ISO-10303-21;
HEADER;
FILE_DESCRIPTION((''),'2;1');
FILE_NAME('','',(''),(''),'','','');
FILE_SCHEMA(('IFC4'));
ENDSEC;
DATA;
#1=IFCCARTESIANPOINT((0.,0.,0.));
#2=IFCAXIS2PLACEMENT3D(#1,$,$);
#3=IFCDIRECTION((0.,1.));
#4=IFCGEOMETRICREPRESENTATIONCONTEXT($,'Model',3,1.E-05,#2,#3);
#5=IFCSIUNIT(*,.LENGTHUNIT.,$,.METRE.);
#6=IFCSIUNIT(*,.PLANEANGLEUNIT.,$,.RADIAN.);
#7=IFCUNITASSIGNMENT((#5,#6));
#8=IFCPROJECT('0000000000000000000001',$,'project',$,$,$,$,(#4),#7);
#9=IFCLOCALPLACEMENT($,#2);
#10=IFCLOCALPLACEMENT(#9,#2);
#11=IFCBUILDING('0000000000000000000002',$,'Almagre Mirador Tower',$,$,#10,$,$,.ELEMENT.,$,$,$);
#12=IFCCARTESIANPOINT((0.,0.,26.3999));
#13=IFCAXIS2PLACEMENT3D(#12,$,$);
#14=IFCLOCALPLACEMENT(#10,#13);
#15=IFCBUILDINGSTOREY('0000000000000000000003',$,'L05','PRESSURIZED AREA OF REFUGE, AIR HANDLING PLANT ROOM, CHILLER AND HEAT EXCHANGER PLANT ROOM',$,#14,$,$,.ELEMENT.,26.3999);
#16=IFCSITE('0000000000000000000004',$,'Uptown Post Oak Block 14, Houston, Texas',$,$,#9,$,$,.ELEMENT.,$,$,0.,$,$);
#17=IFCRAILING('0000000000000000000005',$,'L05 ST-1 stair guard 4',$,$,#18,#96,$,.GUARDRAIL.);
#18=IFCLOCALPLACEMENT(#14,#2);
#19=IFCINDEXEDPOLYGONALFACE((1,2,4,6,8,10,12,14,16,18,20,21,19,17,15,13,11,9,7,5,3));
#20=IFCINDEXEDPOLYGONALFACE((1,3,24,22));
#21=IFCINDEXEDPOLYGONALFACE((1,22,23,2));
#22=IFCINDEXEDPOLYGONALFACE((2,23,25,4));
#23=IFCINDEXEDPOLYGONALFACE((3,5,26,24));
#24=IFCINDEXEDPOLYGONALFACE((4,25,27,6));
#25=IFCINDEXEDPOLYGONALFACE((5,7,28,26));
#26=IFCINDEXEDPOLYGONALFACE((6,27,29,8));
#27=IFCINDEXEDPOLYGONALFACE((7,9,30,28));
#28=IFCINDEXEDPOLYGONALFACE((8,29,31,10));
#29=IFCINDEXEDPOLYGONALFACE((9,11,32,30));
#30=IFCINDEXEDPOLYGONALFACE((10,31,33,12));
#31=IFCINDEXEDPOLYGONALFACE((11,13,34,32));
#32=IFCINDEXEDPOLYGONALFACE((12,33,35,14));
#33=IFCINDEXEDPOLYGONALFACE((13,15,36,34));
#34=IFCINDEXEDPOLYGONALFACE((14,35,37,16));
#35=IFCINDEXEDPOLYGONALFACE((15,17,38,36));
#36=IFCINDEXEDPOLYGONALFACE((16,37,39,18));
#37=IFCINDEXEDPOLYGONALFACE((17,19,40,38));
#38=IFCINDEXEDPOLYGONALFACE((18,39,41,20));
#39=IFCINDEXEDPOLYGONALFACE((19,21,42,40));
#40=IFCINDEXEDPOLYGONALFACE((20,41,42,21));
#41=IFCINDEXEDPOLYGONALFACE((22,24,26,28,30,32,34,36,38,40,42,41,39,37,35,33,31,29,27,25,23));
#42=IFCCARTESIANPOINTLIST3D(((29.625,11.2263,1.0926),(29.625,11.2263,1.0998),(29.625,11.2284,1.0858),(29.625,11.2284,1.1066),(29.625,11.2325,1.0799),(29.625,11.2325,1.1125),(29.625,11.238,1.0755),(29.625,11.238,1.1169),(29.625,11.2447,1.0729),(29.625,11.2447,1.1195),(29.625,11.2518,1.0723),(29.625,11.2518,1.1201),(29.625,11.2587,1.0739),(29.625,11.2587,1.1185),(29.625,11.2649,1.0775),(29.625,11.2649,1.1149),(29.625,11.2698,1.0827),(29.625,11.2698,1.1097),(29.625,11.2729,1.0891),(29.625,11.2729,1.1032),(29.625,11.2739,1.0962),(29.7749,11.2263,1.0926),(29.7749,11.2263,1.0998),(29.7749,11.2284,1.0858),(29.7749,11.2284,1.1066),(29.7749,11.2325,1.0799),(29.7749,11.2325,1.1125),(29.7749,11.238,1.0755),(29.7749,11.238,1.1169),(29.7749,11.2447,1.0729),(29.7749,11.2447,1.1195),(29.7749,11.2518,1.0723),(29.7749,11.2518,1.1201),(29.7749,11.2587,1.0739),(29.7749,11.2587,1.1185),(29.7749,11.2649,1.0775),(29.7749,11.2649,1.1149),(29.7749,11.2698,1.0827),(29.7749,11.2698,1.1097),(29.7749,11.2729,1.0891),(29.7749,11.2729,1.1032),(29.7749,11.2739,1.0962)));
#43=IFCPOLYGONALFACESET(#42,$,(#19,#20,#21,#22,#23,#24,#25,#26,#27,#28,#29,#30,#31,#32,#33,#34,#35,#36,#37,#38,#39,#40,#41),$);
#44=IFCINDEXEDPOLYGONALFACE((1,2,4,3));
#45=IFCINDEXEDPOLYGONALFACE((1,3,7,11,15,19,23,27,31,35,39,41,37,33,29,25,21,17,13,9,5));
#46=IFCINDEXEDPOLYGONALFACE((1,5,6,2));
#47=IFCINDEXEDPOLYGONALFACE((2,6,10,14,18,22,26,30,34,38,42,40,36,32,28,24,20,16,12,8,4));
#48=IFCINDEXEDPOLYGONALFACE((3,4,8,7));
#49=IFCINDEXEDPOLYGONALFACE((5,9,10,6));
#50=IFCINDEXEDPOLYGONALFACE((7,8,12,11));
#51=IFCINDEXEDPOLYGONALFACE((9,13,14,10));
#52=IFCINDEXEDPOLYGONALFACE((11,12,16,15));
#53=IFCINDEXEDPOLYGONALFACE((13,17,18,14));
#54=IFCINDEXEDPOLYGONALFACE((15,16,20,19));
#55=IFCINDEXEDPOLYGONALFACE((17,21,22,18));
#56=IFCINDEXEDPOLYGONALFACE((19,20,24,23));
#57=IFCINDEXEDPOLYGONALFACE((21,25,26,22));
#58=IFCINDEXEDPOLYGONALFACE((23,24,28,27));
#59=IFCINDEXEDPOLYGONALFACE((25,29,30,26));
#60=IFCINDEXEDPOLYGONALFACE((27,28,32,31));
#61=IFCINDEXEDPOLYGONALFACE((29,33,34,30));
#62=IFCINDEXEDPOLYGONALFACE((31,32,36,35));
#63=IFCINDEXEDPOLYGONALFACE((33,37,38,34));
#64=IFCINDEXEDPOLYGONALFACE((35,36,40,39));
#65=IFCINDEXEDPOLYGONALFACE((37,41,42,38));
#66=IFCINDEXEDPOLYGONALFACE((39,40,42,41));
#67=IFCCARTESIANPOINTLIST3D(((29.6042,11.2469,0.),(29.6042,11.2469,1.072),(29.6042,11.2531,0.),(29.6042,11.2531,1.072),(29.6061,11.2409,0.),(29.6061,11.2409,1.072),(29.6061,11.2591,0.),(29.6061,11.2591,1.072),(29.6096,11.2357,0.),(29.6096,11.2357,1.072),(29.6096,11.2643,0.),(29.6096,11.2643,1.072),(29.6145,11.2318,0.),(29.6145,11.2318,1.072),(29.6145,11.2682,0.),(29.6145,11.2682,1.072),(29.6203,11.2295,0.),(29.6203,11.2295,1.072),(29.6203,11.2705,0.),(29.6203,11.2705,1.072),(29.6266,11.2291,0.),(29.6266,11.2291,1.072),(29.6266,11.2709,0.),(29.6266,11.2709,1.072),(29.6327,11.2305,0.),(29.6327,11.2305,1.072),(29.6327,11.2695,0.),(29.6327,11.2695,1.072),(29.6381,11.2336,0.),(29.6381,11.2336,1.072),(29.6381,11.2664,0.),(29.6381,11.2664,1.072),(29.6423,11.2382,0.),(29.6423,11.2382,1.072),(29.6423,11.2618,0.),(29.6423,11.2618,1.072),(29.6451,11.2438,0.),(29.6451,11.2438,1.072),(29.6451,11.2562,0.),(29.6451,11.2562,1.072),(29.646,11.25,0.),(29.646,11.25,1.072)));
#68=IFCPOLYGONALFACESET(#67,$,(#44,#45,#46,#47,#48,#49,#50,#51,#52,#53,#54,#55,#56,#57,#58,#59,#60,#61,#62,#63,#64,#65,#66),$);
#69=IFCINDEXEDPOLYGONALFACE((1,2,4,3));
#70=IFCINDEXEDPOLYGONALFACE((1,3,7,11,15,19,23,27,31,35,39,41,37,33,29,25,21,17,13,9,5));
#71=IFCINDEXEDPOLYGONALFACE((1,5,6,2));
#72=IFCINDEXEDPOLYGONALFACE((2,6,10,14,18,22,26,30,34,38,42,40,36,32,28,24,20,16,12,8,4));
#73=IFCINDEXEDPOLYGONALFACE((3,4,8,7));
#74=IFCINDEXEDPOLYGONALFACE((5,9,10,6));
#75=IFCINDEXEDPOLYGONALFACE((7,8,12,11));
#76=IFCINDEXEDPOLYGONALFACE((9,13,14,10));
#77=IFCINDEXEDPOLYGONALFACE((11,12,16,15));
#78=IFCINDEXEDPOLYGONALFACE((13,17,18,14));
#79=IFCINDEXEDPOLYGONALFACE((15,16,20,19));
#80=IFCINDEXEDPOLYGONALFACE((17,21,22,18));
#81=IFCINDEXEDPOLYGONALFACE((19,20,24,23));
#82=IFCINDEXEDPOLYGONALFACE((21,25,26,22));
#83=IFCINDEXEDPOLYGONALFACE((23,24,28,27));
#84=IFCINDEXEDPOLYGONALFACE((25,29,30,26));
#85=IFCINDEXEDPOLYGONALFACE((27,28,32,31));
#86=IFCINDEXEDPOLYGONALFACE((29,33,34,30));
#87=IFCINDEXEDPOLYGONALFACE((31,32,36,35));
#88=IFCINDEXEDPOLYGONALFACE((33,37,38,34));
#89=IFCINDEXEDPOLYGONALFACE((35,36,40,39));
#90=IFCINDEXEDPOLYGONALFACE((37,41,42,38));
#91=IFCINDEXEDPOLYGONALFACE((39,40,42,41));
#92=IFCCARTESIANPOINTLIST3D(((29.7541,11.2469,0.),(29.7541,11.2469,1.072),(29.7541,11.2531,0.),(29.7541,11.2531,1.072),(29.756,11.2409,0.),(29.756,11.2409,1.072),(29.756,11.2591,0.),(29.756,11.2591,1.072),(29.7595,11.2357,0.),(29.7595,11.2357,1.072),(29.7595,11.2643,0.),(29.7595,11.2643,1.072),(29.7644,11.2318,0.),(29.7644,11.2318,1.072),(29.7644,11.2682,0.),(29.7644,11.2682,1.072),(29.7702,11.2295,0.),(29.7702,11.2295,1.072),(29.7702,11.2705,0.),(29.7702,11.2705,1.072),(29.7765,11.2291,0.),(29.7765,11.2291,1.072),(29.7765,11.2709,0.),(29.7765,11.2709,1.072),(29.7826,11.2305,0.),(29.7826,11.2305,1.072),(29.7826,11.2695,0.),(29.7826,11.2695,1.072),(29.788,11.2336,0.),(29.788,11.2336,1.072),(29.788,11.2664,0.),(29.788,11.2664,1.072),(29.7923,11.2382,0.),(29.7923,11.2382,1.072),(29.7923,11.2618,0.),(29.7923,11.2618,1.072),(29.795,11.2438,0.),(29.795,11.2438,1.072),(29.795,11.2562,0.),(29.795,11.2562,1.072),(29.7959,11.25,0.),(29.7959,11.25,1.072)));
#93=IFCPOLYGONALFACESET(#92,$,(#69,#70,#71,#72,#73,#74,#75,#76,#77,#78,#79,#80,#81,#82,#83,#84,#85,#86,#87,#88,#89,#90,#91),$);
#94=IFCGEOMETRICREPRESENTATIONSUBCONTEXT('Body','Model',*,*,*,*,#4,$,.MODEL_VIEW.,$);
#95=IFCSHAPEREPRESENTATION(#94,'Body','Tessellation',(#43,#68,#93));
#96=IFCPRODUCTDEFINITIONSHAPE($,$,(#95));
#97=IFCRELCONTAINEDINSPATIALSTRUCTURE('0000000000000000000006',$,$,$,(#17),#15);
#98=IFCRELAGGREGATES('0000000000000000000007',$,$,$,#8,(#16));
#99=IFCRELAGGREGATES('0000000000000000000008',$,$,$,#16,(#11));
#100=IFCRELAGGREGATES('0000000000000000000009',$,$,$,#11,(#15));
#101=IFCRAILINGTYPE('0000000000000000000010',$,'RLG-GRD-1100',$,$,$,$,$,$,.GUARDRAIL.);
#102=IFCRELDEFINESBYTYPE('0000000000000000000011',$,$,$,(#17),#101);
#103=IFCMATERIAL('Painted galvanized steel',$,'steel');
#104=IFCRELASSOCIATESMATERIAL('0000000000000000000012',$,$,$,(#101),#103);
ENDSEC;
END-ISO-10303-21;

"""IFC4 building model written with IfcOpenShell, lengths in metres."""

from ifc_helpers import new_model, si_unit, direction, frame, origin, origin_2d, place, context, subcontext, project, spatial, circle, extrude, material, type_object, element, save


model = new_model("IFC4")

# Units and contexts
model_context = context("Model", 3, precision=1e-05, world=origin(), true_north=direction((0.0, 1.0)))
body_context = subcontext(model_context, "Body", "Model", "MODEL_VIEW")
ifc_project = project(units=[si_unit("LENGTHUNIT", "METRE"), si_unit("PLANEANGLEUNIT", "RADIAN")], contexts=[model_context])

# Site, building, storey
site_placement = place(None, origin())
site = spatial("IfcSite", under=ifc_project, at=site_placement, Name="Uptown Post Oak Block 14, Houston, Texas", CompositionType="ELEMENT", RefElevation=0.0)
building_placement = place(site_placement, origin())
building = spatial("IfcBuilding", under=site, at=building_placement, Name="Almagre Mirador Tower", CompositionType="ELEMENT")
storey_placement = place(building_placement, frame((0.0, 0.0, 26.3999)))
storey = spatial("IfcBuildingStorey", under=building, at=storey_placement, Name="L05", Description="PRESSURIZED AREA OF REFUGE, AIR HANDLING PLANT ROOM, CHILLER AND HEAT EXCHANGER PLANT ROOM", CompositionType="ELEMENT", Elevation=26.3999)

# Railing
ifc_material_1 = material(Name="Painted galvanized steel", Category="steel")
railing_type_1 = type_object("IfcRailingType", Name="RLG-GRD-1100", PredefinedType="GUARDRAIL", material=ifc_material_1)
railing_1_placement = place(storey_placement, frame((29.625, 11.25, 0.0)))
element("IfcRailing", 1, at=railing_1_placement, inside=storey, type_object=railing_type_1, Name="L05 ST-1 stair guard 4", PredefinedType="GUARDRAIL", context=body_context, shape_type="SweptSolid", body=[
    extrude(circle(Radius=0.0239, at=origin_2d()), frame((0.0, 0.0, 1.0962), z_axis=(1.0, 0.0, 0.0), x_axis=(0.0, 1.0, 0.0)), (0.0, 0.0, 1.0), 0.1499),
    extrude(circle(Radius=0.021, at=origin_2d()), origin(), (0.0, 0.0, 1.0), 1.072),
    extrude(circle(Radius=0.021, at=origin_2d()), frame((0.1499, 0.0, 0.0)), (0.0, 0.0, 1.0), 1.072),
])

save(model, "model.ifc")
